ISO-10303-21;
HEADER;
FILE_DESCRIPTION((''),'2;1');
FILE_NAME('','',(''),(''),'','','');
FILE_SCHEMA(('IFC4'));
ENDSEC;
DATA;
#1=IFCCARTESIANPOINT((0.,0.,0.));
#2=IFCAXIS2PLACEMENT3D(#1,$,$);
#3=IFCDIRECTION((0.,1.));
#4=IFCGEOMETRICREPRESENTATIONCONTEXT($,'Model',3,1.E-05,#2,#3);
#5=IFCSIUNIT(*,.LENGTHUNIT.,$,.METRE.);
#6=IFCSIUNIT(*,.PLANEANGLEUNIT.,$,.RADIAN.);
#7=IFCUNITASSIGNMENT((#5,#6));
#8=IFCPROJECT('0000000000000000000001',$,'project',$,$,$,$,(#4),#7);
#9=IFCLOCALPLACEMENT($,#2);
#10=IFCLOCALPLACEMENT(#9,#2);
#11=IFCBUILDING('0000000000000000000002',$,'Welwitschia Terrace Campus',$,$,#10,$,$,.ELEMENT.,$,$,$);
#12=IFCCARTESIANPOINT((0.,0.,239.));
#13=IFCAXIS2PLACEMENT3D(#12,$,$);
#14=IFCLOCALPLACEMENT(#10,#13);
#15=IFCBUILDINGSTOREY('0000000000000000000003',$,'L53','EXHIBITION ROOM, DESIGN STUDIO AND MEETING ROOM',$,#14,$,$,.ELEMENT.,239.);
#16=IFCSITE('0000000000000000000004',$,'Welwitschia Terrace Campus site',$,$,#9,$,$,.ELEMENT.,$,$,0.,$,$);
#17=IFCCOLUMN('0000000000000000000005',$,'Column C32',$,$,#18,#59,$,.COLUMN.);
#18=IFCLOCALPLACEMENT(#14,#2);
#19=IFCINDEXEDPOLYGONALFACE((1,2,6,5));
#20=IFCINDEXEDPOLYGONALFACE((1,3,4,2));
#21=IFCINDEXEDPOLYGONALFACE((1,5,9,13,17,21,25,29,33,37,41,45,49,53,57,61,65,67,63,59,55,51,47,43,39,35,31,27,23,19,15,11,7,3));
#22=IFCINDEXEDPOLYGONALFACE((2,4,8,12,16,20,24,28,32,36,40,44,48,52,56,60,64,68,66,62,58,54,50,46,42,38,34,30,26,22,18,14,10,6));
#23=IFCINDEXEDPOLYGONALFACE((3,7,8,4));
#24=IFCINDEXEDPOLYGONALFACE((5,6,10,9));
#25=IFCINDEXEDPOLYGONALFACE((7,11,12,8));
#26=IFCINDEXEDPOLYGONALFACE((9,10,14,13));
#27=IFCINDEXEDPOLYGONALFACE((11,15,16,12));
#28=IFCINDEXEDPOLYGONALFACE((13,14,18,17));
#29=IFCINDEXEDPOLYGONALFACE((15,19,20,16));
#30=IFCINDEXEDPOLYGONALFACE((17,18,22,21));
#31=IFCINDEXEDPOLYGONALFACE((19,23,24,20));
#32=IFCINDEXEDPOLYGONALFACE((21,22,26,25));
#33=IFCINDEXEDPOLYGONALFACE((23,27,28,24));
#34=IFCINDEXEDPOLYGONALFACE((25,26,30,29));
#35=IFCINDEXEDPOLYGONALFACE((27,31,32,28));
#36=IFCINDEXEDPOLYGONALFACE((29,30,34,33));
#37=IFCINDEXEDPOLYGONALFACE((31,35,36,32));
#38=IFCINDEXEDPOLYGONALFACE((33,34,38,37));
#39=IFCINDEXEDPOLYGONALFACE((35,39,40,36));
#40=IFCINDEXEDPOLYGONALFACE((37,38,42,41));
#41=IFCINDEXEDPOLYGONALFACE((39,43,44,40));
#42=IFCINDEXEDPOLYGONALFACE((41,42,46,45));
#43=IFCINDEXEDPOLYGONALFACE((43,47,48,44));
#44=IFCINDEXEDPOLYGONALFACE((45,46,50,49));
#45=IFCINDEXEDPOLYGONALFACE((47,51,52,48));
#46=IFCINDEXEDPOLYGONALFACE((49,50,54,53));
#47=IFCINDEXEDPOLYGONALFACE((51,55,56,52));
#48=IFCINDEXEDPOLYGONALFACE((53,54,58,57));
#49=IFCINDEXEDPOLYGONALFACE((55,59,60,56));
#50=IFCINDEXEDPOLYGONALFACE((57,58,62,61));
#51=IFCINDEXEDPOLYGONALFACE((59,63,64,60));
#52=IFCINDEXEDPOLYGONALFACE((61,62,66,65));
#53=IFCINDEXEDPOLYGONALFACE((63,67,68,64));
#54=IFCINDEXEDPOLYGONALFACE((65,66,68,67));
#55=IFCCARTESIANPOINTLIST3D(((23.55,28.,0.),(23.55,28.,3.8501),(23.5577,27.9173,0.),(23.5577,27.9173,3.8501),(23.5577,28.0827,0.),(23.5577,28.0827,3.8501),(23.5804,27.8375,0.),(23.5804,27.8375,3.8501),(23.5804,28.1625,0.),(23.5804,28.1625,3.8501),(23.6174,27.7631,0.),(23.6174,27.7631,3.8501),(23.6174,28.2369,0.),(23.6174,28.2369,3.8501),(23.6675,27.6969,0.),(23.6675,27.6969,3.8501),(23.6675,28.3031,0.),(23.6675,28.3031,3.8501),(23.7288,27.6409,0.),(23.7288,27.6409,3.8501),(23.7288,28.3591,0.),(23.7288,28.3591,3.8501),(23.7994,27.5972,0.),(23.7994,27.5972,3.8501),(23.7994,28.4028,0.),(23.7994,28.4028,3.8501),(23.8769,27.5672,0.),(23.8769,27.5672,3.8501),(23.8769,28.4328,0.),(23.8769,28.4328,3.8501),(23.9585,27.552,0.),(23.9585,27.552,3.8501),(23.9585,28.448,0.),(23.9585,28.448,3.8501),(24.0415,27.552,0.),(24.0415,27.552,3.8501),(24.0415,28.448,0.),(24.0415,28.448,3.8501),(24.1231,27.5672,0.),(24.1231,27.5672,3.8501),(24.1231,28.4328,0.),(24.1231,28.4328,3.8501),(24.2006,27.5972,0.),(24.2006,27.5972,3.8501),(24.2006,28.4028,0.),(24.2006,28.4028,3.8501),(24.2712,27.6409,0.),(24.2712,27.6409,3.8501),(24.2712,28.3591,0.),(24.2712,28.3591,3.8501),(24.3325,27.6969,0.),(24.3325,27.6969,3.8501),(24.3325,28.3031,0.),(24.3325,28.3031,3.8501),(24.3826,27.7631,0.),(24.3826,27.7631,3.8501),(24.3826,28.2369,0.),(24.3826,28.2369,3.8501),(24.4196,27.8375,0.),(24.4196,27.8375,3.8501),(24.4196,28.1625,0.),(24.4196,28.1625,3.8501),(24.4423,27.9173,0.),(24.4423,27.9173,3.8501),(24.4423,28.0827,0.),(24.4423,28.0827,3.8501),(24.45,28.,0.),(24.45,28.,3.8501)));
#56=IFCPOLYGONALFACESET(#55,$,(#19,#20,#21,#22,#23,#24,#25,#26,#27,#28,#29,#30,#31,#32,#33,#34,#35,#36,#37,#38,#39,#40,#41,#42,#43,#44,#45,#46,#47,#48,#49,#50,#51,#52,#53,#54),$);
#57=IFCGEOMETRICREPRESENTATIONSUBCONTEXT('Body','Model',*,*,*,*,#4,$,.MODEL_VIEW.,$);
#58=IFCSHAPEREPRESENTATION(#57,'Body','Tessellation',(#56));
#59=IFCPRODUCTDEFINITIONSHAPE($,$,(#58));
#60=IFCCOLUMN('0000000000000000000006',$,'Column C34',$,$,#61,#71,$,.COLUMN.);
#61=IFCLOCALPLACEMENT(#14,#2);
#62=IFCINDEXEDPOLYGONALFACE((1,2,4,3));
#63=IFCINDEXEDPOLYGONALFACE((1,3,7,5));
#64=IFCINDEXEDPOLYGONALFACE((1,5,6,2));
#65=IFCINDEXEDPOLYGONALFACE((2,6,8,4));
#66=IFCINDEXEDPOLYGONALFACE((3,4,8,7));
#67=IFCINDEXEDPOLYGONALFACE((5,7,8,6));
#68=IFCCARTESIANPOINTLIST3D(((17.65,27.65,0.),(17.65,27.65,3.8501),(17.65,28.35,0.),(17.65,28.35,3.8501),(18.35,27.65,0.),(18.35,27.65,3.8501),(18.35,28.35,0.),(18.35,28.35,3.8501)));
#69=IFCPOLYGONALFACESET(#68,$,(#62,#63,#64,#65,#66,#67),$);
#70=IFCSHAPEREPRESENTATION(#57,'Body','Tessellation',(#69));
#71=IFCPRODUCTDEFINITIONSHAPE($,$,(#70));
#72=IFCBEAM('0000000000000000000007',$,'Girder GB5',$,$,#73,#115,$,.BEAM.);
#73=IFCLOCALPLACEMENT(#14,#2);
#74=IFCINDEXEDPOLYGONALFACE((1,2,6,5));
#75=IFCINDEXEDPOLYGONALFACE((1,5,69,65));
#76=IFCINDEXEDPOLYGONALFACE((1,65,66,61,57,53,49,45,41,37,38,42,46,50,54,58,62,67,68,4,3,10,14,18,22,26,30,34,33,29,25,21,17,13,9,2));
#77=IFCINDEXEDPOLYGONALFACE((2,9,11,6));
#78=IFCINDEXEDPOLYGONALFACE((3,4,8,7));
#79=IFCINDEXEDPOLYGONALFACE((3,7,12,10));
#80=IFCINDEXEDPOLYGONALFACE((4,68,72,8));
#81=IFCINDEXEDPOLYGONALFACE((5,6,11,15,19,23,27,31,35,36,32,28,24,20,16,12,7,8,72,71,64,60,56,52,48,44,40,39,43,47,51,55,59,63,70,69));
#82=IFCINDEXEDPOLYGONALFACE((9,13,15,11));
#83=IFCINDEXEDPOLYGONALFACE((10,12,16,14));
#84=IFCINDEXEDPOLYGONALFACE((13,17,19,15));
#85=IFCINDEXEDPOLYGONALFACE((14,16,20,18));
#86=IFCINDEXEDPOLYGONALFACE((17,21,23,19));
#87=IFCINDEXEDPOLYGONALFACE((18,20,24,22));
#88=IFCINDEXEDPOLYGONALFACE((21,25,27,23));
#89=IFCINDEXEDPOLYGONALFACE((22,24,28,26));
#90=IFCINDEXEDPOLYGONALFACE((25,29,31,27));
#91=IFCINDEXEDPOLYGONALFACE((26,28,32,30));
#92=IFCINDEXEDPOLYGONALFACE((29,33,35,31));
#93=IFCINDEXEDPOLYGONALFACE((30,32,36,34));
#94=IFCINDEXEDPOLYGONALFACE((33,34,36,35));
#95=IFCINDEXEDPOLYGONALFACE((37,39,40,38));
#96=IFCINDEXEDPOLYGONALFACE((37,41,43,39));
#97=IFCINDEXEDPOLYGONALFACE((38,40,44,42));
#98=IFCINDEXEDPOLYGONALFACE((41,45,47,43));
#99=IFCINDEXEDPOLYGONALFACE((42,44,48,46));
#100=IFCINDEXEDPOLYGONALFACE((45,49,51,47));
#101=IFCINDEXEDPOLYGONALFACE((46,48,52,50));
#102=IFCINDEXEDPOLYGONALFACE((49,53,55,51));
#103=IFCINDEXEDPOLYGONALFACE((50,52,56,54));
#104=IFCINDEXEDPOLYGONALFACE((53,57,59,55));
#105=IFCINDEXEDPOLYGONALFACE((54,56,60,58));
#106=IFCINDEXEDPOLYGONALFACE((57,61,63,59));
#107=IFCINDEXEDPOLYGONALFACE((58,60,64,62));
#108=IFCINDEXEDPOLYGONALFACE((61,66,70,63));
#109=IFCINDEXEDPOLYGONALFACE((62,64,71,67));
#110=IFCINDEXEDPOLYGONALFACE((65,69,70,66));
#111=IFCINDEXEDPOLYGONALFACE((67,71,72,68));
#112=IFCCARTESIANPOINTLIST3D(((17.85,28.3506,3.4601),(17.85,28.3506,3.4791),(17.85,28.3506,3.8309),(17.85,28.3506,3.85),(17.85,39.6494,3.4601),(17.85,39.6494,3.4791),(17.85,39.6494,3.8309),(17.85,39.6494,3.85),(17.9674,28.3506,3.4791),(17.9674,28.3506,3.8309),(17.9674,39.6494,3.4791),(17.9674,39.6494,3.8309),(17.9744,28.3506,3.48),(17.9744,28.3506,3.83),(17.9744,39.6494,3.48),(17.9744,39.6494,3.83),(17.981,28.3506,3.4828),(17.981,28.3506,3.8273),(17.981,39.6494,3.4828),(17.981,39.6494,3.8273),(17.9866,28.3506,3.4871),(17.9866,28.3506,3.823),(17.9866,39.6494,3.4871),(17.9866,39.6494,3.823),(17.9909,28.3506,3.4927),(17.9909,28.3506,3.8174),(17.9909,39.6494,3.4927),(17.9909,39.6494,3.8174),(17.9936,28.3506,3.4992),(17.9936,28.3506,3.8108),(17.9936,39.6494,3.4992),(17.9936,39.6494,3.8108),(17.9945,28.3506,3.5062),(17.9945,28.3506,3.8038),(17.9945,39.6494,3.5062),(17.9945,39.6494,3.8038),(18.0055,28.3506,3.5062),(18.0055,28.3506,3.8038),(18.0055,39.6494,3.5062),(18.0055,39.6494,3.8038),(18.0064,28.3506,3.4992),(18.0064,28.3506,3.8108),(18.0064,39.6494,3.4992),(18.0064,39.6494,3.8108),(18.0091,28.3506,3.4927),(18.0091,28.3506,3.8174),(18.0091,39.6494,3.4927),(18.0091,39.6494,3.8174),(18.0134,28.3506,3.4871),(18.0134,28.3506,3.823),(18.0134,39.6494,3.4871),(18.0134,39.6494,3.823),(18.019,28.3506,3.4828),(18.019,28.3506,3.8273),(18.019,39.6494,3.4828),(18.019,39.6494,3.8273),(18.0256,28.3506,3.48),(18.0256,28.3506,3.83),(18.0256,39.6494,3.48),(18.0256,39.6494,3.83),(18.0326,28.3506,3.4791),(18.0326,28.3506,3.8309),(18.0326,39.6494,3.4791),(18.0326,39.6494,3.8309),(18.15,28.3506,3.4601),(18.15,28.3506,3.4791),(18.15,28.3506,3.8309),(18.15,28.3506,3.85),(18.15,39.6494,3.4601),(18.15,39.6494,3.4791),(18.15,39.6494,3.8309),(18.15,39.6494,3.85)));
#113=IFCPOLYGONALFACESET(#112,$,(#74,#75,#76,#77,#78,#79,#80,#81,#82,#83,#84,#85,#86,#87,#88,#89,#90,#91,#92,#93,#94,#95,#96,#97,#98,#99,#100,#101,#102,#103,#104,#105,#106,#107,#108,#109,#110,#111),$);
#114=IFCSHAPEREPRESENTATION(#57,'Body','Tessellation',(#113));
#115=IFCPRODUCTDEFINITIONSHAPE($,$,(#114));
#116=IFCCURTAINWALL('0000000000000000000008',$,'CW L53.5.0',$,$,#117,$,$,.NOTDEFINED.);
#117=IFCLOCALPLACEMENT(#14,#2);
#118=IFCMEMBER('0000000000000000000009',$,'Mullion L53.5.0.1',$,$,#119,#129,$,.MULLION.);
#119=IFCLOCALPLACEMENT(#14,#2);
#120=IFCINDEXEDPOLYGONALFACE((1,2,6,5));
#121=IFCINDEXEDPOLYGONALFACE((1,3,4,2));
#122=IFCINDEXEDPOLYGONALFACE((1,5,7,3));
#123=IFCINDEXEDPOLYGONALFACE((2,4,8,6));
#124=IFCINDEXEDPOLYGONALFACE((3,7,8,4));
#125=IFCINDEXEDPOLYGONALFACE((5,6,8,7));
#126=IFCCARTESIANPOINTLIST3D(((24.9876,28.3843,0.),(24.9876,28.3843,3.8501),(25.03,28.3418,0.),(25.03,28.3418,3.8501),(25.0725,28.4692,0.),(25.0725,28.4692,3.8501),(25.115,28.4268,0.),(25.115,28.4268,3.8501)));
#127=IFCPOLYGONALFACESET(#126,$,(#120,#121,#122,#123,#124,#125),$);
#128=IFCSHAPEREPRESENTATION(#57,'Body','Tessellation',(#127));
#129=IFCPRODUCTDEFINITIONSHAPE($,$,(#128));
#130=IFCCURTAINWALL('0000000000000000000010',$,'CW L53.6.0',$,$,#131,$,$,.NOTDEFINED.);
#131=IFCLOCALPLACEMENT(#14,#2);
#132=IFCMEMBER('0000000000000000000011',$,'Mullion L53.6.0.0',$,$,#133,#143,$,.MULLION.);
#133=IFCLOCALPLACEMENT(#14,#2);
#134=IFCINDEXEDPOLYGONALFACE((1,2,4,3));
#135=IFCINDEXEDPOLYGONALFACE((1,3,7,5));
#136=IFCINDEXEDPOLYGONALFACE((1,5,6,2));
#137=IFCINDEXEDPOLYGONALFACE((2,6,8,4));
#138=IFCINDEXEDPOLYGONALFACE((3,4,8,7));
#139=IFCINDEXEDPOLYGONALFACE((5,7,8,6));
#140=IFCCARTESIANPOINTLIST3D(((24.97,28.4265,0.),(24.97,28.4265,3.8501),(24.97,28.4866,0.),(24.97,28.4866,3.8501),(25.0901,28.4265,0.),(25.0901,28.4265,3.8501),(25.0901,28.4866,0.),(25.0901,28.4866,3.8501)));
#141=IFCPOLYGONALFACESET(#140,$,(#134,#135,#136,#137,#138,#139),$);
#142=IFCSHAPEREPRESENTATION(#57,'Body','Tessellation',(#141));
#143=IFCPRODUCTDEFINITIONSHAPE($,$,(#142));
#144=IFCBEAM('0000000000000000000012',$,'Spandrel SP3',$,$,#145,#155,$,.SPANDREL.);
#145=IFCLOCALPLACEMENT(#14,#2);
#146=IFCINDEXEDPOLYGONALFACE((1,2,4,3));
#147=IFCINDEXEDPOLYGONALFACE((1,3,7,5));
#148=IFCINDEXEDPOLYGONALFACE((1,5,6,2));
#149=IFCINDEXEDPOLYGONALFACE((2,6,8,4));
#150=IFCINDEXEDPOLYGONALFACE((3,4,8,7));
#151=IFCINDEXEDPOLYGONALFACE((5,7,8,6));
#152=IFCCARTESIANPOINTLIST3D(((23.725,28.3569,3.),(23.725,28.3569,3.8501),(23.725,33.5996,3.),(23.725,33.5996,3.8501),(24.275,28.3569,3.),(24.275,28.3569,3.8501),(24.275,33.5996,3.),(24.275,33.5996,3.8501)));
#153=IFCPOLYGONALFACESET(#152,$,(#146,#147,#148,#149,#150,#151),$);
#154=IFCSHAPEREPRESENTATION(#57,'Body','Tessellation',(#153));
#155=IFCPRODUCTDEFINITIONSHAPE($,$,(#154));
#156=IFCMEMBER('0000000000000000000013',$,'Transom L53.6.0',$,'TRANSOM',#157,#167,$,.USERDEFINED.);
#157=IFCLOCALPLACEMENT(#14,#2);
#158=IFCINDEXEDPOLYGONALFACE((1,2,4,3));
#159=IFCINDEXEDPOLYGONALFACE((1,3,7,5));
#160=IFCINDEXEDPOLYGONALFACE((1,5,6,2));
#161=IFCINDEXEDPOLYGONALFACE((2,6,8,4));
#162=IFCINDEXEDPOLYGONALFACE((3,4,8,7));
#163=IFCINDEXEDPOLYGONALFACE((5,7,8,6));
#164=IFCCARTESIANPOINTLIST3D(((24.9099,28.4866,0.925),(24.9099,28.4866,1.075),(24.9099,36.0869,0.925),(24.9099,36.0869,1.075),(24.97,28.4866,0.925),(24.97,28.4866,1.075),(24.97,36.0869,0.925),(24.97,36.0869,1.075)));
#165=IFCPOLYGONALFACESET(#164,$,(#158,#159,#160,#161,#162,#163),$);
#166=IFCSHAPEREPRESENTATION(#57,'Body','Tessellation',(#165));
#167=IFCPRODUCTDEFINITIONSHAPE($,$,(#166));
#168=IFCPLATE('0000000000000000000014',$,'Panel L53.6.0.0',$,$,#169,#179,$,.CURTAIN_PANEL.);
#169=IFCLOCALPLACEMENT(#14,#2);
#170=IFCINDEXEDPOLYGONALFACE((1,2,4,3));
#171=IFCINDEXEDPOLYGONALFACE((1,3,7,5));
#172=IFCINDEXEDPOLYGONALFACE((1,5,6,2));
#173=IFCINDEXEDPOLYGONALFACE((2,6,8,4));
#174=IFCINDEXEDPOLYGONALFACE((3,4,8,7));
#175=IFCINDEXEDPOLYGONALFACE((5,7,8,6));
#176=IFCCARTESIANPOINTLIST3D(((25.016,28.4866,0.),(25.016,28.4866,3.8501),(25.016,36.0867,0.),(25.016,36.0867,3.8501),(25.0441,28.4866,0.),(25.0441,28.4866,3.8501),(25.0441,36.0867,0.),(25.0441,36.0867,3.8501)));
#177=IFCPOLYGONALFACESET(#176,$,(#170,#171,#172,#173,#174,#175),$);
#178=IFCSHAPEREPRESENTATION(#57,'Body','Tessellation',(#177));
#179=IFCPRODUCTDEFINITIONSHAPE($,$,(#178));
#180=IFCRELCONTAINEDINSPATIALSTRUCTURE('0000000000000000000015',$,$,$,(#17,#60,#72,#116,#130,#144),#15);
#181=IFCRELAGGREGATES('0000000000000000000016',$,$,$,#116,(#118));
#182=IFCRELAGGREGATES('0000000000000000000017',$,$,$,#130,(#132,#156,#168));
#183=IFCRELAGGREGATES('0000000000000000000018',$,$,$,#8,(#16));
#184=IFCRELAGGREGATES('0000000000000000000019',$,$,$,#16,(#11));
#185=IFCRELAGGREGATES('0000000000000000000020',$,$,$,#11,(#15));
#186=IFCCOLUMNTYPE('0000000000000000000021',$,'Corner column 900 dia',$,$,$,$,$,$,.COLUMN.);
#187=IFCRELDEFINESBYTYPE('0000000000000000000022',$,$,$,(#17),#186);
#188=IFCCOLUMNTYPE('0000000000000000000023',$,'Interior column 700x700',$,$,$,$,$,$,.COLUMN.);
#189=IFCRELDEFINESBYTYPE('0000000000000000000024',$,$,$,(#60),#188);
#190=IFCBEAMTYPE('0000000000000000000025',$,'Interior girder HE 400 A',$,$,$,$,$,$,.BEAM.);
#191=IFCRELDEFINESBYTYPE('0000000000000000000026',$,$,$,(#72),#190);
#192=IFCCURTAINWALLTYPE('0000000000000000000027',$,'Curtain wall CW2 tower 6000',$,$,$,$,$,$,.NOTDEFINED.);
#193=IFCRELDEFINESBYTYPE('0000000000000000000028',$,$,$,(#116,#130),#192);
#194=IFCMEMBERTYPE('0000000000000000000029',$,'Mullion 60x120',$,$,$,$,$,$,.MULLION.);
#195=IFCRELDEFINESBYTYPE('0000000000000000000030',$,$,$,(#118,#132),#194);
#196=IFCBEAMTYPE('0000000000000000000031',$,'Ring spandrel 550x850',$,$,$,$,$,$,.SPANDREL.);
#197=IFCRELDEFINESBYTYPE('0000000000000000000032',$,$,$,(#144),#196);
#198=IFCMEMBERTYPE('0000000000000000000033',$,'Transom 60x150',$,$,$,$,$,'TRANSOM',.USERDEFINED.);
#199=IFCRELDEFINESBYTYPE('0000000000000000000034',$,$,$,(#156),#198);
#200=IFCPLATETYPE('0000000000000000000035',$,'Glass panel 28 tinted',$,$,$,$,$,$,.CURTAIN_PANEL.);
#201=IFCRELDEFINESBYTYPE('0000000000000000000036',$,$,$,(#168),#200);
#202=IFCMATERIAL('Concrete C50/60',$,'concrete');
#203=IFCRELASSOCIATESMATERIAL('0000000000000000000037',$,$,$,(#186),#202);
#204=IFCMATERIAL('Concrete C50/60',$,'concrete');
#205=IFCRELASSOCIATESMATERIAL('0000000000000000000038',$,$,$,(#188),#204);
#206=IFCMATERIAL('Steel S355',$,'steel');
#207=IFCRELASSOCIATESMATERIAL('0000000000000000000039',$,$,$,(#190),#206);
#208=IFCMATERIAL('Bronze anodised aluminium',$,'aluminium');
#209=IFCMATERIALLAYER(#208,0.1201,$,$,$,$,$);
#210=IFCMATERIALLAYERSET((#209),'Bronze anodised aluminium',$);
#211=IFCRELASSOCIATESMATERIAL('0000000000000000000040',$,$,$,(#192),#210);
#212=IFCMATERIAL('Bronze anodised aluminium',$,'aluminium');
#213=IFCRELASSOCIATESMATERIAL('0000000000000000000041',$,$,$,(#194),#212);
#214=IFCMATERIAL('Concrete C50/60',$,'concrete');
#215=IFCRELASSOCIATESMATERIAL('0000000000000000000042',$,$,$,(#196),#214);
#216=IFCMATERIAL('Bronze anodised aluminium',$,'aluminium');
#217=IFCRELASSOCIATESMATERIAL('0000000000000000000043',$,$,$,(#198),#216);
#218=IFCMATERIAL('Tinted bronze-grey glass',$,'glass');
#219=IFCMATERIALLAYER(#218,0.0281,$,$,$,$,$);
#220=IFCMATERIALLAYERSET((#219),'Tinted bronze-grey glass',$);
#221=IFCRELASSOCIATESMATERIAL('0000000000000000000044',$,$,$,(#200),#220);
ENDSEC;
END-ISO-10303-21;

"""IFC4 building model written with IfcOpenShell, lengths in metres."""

from ifc_helpers import new_model, si_unit, direction, frame, origin, origin_2d, place, context, subcontext, project, spatial, rectangle, circle, i_section, extrude, material, layer, layer_set, material_profile, profile_set, type_object, element, aggregate, save


model = new_model("IFC4")

# Units and contexts
model_context = context("Model", 3, precision=1e-05, world=origin(), true_north=direction((0.0, 1.0)))
body_context = subcontext(model_context, "Body", "Model", "MODEL_VIEW")
ifc_project = project(units=[si_unit("LENGTHUNIT", "METRE"), si_unit("PLANEANGLEUNIT", "RADIAN")], contexts=[model_context])

# Site, building, storey
site_placement = place(None, origin())
site = spatial("IfcSite", under=ifc_project, at=site_placement, Name="Welwitschia Terrace Campus site", CompositionType="ELEMENT", RefElevation=0.0)
building_placement = place(site_placement, origin())
building = spatial("IfcBuilding", under=site, at=building_placement, Name="Welwitschia Terrace Campus", CompositionType="ELEMENT")
storey_placement = place(building_placement, frame((0.0, 0.0, 239.0)))
storey = spatial("IfcBuildingStorey", under=building, at=storey_placement, Name="L53", Description="EXHIBITION ROOM, DESIGN STUDIO AND MEETING ROOM", CompositionType="ELEMENT", Elevation=239.0)

# Columns
ifc_material_1 = material(Name="Concrete C50/60", Category="concrete")
ifc_material_profile_1 = material_profile(ifc_material_1, circle(Radius=0.45, at=origin_2d()))
ifc_profile_set_1 = profile_set([ifc_material_profile_1], Name="Concrete C50/60")
column_type_1 = type_object("IfcColumnType", Name="Corner column 900 dia", PredefinedType="COLUMN", material=ifc_profile_set_1)
column_1_placement = place(storey_placement, frame((24.0, 28.0, 0.0), z_axis=(0.0, 0.0, 1.0), x_axis=(1.0, 0.0, 0.0)))
element("IfcColumn", 1, at=column_1_placement, inside=storey, type_object=column_type_1, Name="Column C32", PredefinedType="COLUMN", context=body_context, shape_type="SweptSolid", body=[
    extrude(circle(Radius=0.45, at=origin_2d()), origin(), (0.0, 0.0, 1.0), 3.8501),
])
ifc_material_2 = material(Name="Concrete C50/60", Category="concrete")
ifc_material_profile_2 = material_profile(ifc_material_2, rectangle(XDim=0.7, YDim=0.7, at=origin_2d()))
ifc_profile_set_2 = profile_set([ifc_material_profile_2], Name="Concrete C50/60")
column_type_2 = type_object("IfcColumnType", Name="Interior column 700x700", PredefinedType="COLUMN", material=ifc_profile_set_2)
column_2_placement = place(storey_placement, frame((18.0, 28.0, 0.0), z_axis=(0.0, 0.0, 1.0), x_axis=(1.0, 0.0, 0.0)))
element("IfcColumn", 2, at=column_2_placement, inside=storey, type_object=column_type_2, Name="Column C34", PredefinedType="COLUMN", context=body_context, shape_type="SweptSolid", body=[
    extrude(rectangle(XDim=0.7, YDim=0.7, at=origin_2d()), origin(), (0.0, 0.0, 1.0), 3.8501),
])

# Beam
ifc_material_3 = material(Name="Steel S355", Category="steel")
ifc_material_profile_3 = material_profile(ifc_material_3, i_section(OverallWidth=0.3, OverallDepth=0.3899, WebThickness=0.011, FlangeThickness=0.019, FilletRadius=0.0271, at=origin_2d()))
ifc_profile_set_3 = profile_set([ifc_material_profile_3], Name="Steel S355")
beam_type_1 = type_object("IfcBeamType", Name="Interior girder HE 400 A", PredefinedType="BEAM", material=ifc_profile_set_3)
beam_1_placement = place(storey_placement, frame((18.0, 28.3506, 3.655), z_axis=(0.0, 1.0, 0.0), x_axis=(-1.0, 0.0, 0.0)))
element("IfcBeam", 3, at=beam_1_placement, inside=storey, type_object=beam_type_1, Name="Girder GB5", PredefinedType="BEAM", context=body_context, shape_type="SweptSolid", body=[
    extrude(i_section(OverallWidth=0.3, OverallDepth=0.3899, WebThickness=0.011, FlangeThickness=0.019, FilletRadius=0.0271, at=origin_2d()), origin(), (0.0, 0.0, 1.0), 11.2988),
])

# Curtain walls, members
ifc_material_4 = material(Name="Bronze anodised aluminium", Category="aluminium")
ifc_layer_1 = layer(ifc_material_4, 0.1201)
ifc_layer_set_1 = layer_set([ifc_layer_1], Name="Bronze anodised aluminium")
curtain_wall_type = type_object("IfcCurtainWallType", Name="Curtain wall CW2 tower 6000", PredefinedType="NOTDEFINED", material=ifc_layer_set_1)
curtain_wall_1_placement = place(storey_placement, origin())
curtain_wall_1 = element("IfcCurtainWall", 4, at=curtain_wall_1_placement, inside=storey, type_object=curtain_wall_type, Name="CW L53.5.0", PredefinedType="NOTDEFINED")
ifc_material_5 = material(Name="Bronze anodised aluminium", Category="aluminium")
ifc_material_profile_4 = material_profile(ifc_material_5, rectangle(XDim=0.1201, YDim=0.0601, at=origin_2d()))
ifc_profile_set_4 = profile_set([ifc_material_profile_4], Name="Bronze anodised aluminium")
member_type_1 = type_object("IfcMemberType", Name="Mullion 60x120", PredefinedType="MULLION", material=ifc_profile_set_4)
member_1_placement = place(storey_placement, frame((25.0513, 28.4055, 0.0), z_axis=(0.0, 0.0, 1.0), x_axis=(-0.707107, -0.707107, 0.0)))
member_1 = element("IfcMember", 5, at=member_1_placement, type_object=member_type_1, Name="Mullion L53.5.0.1", PredefinedType="MULLION", context=body_context, shape_type="SweptSolid", body=[
    extrude(rectangle(XDim=0.1201, YDim=0.0601, at=origin_2d()), origin(), (0.0, 0.0, 1.0), 3.8501),
])
aggregate(curtain_wall_1, [member_1])
curtain_wall_2_placement = place(storey_placement, origin())
curtain_wall_2 = element("IfcCurtainWall", 6, at=curtain_wall_2_placement, inside=storey, type_object=curtain_wall_type, Name="CW L53.6.0", PredefinedType="NOTDEFINED")
member_2_placement = place(storey_placement, frame((25.03, 28.4565, 0.0), z_axis=(0.0, 0.0, 1.0), x_axis=(-1.0, 0.0, 0.0)))
member_2 = element("IfcMember", 7, at=member_2_placement, type_object=member_type_1, Name="Mullion L53.6.0.0", PredefinedType="MULLION", context=body_context, shape_type="SweptSolid", body=[
    extrude(rectangle(XDim=0.1201, YDim=0.0601, at=origin_2d()), origin(), (0.0, 0.0, 1.0), 3.8501),
])

# Beam
ifc_material_6 = material(Name="Concrete C50/60", Category="concrete")
ifc_material_profile_5 = material_profile(ifc_material_6, rectangle(XDim=0.55, YDim=0.8501, at=origin_2d()))
ifc_profile_set_5 = profile_set([ifc_material_profile_5], Name="Concrete C50/60")
beam_type_2 = type_object("IfcBeamType", Name="Ring spandrel 550x850", PredefinedType="SPANDREL", material=ifc_profile_set_5)
beam_2_placement = place(storey_placement, frame((24.0, 28.3569, 3.425), z_axis=(0.0, 1.0, 0.0), x_axis=(-1.0, 0.0, 0.0)))
element("IfcBeam", 8, at=beam_2_placement, inside=storey, type_object=beam_type_2, Name="Spandrel SP3", PredefinedType="SPANDREL", context=body_context, shape_type="SweptSolid", body=[
    extrude(rectangle(XDim=0.55, YDim=0.8501, at=origin_2d()), origin(), (0.0, 0.0, 1.0), 5.2427),
])

# Member
ifc_material_7 = material(Name="Bronze anodised aluminium", Category="aluminium")
ifc_material_profile_6 = material_profile(ifc_material_7, rectangle(XDim=0.0601, YDim=0.1499, at=origin_2d()))
ifc_profile_set_6 = profile_set([ifc_material_profile_6], Name="Bronze anodised aluminium")
member_type_2 = type_object("IfcMemberType", Name="Transom 60x150", ElementType="TRANSOM", PredefinedType="USERDEFINED", material=ifc_profile_set_6)
member_3_placement = place(storey_placement, frame((24.9399, 28.4866, 1.0), z_axis=(0.0, 1.0, 0.0), x_axis=(-1.0, 0.0, 0.0)))
member_3 = element("IfcMember", 9, at=member_3_placement, type_object=member_type_2, Name="Transom L53.6.0", ObjectType="TRANSOM", PredefinedType="USERDEFINED", context=body_context, shape_type="SweptSolid", body=[
    extrude(rectangle(XDim=0.0601, YDim=0.1499, at=origin_2d()), origin(), (0.0, 0.0, 1.0), 7.6003),
])

# Plate
ifc_material_8 = material(Name="Tinted bronze-grey glass", Category="glass")
ifc_layer_2 = layer(ifc_material_8, 0.0281)
ifc_layer_set_2 = layer_set([ifc_layer_2], Name="Tinted bronze-grey glass")
plate_type = type_object("IfcPlateType", Name="Glass panel 28 tinted", PredefinedType="CURTAIN_PANEL", material=ifc_layer_set_2)
plate_placement = place(storey_placement, frame((25.03, 32.2866, 0.0), z_axis=(0.0, 0.0, 1.0), x_axis=(0.0, 1.0, 0.0)))
plate = element("IfcPlate", 10, at=plate_placement, type_object=plate_type, Name="Panel L53.6.0.0", PredefinedType="CURTAIN_PANEL", context=body_context, shape_type="SweptSolid", body=[
    extrude(rectangle(XDim=7.6001, YDim=0.0281, at=origin_2d()), origin(), (0.0, 0.0, 1.0), 3.8501),
])
aggregate(curtain_wall_2, [member_2, member_3, plate])

save(model, "model.ifc")
